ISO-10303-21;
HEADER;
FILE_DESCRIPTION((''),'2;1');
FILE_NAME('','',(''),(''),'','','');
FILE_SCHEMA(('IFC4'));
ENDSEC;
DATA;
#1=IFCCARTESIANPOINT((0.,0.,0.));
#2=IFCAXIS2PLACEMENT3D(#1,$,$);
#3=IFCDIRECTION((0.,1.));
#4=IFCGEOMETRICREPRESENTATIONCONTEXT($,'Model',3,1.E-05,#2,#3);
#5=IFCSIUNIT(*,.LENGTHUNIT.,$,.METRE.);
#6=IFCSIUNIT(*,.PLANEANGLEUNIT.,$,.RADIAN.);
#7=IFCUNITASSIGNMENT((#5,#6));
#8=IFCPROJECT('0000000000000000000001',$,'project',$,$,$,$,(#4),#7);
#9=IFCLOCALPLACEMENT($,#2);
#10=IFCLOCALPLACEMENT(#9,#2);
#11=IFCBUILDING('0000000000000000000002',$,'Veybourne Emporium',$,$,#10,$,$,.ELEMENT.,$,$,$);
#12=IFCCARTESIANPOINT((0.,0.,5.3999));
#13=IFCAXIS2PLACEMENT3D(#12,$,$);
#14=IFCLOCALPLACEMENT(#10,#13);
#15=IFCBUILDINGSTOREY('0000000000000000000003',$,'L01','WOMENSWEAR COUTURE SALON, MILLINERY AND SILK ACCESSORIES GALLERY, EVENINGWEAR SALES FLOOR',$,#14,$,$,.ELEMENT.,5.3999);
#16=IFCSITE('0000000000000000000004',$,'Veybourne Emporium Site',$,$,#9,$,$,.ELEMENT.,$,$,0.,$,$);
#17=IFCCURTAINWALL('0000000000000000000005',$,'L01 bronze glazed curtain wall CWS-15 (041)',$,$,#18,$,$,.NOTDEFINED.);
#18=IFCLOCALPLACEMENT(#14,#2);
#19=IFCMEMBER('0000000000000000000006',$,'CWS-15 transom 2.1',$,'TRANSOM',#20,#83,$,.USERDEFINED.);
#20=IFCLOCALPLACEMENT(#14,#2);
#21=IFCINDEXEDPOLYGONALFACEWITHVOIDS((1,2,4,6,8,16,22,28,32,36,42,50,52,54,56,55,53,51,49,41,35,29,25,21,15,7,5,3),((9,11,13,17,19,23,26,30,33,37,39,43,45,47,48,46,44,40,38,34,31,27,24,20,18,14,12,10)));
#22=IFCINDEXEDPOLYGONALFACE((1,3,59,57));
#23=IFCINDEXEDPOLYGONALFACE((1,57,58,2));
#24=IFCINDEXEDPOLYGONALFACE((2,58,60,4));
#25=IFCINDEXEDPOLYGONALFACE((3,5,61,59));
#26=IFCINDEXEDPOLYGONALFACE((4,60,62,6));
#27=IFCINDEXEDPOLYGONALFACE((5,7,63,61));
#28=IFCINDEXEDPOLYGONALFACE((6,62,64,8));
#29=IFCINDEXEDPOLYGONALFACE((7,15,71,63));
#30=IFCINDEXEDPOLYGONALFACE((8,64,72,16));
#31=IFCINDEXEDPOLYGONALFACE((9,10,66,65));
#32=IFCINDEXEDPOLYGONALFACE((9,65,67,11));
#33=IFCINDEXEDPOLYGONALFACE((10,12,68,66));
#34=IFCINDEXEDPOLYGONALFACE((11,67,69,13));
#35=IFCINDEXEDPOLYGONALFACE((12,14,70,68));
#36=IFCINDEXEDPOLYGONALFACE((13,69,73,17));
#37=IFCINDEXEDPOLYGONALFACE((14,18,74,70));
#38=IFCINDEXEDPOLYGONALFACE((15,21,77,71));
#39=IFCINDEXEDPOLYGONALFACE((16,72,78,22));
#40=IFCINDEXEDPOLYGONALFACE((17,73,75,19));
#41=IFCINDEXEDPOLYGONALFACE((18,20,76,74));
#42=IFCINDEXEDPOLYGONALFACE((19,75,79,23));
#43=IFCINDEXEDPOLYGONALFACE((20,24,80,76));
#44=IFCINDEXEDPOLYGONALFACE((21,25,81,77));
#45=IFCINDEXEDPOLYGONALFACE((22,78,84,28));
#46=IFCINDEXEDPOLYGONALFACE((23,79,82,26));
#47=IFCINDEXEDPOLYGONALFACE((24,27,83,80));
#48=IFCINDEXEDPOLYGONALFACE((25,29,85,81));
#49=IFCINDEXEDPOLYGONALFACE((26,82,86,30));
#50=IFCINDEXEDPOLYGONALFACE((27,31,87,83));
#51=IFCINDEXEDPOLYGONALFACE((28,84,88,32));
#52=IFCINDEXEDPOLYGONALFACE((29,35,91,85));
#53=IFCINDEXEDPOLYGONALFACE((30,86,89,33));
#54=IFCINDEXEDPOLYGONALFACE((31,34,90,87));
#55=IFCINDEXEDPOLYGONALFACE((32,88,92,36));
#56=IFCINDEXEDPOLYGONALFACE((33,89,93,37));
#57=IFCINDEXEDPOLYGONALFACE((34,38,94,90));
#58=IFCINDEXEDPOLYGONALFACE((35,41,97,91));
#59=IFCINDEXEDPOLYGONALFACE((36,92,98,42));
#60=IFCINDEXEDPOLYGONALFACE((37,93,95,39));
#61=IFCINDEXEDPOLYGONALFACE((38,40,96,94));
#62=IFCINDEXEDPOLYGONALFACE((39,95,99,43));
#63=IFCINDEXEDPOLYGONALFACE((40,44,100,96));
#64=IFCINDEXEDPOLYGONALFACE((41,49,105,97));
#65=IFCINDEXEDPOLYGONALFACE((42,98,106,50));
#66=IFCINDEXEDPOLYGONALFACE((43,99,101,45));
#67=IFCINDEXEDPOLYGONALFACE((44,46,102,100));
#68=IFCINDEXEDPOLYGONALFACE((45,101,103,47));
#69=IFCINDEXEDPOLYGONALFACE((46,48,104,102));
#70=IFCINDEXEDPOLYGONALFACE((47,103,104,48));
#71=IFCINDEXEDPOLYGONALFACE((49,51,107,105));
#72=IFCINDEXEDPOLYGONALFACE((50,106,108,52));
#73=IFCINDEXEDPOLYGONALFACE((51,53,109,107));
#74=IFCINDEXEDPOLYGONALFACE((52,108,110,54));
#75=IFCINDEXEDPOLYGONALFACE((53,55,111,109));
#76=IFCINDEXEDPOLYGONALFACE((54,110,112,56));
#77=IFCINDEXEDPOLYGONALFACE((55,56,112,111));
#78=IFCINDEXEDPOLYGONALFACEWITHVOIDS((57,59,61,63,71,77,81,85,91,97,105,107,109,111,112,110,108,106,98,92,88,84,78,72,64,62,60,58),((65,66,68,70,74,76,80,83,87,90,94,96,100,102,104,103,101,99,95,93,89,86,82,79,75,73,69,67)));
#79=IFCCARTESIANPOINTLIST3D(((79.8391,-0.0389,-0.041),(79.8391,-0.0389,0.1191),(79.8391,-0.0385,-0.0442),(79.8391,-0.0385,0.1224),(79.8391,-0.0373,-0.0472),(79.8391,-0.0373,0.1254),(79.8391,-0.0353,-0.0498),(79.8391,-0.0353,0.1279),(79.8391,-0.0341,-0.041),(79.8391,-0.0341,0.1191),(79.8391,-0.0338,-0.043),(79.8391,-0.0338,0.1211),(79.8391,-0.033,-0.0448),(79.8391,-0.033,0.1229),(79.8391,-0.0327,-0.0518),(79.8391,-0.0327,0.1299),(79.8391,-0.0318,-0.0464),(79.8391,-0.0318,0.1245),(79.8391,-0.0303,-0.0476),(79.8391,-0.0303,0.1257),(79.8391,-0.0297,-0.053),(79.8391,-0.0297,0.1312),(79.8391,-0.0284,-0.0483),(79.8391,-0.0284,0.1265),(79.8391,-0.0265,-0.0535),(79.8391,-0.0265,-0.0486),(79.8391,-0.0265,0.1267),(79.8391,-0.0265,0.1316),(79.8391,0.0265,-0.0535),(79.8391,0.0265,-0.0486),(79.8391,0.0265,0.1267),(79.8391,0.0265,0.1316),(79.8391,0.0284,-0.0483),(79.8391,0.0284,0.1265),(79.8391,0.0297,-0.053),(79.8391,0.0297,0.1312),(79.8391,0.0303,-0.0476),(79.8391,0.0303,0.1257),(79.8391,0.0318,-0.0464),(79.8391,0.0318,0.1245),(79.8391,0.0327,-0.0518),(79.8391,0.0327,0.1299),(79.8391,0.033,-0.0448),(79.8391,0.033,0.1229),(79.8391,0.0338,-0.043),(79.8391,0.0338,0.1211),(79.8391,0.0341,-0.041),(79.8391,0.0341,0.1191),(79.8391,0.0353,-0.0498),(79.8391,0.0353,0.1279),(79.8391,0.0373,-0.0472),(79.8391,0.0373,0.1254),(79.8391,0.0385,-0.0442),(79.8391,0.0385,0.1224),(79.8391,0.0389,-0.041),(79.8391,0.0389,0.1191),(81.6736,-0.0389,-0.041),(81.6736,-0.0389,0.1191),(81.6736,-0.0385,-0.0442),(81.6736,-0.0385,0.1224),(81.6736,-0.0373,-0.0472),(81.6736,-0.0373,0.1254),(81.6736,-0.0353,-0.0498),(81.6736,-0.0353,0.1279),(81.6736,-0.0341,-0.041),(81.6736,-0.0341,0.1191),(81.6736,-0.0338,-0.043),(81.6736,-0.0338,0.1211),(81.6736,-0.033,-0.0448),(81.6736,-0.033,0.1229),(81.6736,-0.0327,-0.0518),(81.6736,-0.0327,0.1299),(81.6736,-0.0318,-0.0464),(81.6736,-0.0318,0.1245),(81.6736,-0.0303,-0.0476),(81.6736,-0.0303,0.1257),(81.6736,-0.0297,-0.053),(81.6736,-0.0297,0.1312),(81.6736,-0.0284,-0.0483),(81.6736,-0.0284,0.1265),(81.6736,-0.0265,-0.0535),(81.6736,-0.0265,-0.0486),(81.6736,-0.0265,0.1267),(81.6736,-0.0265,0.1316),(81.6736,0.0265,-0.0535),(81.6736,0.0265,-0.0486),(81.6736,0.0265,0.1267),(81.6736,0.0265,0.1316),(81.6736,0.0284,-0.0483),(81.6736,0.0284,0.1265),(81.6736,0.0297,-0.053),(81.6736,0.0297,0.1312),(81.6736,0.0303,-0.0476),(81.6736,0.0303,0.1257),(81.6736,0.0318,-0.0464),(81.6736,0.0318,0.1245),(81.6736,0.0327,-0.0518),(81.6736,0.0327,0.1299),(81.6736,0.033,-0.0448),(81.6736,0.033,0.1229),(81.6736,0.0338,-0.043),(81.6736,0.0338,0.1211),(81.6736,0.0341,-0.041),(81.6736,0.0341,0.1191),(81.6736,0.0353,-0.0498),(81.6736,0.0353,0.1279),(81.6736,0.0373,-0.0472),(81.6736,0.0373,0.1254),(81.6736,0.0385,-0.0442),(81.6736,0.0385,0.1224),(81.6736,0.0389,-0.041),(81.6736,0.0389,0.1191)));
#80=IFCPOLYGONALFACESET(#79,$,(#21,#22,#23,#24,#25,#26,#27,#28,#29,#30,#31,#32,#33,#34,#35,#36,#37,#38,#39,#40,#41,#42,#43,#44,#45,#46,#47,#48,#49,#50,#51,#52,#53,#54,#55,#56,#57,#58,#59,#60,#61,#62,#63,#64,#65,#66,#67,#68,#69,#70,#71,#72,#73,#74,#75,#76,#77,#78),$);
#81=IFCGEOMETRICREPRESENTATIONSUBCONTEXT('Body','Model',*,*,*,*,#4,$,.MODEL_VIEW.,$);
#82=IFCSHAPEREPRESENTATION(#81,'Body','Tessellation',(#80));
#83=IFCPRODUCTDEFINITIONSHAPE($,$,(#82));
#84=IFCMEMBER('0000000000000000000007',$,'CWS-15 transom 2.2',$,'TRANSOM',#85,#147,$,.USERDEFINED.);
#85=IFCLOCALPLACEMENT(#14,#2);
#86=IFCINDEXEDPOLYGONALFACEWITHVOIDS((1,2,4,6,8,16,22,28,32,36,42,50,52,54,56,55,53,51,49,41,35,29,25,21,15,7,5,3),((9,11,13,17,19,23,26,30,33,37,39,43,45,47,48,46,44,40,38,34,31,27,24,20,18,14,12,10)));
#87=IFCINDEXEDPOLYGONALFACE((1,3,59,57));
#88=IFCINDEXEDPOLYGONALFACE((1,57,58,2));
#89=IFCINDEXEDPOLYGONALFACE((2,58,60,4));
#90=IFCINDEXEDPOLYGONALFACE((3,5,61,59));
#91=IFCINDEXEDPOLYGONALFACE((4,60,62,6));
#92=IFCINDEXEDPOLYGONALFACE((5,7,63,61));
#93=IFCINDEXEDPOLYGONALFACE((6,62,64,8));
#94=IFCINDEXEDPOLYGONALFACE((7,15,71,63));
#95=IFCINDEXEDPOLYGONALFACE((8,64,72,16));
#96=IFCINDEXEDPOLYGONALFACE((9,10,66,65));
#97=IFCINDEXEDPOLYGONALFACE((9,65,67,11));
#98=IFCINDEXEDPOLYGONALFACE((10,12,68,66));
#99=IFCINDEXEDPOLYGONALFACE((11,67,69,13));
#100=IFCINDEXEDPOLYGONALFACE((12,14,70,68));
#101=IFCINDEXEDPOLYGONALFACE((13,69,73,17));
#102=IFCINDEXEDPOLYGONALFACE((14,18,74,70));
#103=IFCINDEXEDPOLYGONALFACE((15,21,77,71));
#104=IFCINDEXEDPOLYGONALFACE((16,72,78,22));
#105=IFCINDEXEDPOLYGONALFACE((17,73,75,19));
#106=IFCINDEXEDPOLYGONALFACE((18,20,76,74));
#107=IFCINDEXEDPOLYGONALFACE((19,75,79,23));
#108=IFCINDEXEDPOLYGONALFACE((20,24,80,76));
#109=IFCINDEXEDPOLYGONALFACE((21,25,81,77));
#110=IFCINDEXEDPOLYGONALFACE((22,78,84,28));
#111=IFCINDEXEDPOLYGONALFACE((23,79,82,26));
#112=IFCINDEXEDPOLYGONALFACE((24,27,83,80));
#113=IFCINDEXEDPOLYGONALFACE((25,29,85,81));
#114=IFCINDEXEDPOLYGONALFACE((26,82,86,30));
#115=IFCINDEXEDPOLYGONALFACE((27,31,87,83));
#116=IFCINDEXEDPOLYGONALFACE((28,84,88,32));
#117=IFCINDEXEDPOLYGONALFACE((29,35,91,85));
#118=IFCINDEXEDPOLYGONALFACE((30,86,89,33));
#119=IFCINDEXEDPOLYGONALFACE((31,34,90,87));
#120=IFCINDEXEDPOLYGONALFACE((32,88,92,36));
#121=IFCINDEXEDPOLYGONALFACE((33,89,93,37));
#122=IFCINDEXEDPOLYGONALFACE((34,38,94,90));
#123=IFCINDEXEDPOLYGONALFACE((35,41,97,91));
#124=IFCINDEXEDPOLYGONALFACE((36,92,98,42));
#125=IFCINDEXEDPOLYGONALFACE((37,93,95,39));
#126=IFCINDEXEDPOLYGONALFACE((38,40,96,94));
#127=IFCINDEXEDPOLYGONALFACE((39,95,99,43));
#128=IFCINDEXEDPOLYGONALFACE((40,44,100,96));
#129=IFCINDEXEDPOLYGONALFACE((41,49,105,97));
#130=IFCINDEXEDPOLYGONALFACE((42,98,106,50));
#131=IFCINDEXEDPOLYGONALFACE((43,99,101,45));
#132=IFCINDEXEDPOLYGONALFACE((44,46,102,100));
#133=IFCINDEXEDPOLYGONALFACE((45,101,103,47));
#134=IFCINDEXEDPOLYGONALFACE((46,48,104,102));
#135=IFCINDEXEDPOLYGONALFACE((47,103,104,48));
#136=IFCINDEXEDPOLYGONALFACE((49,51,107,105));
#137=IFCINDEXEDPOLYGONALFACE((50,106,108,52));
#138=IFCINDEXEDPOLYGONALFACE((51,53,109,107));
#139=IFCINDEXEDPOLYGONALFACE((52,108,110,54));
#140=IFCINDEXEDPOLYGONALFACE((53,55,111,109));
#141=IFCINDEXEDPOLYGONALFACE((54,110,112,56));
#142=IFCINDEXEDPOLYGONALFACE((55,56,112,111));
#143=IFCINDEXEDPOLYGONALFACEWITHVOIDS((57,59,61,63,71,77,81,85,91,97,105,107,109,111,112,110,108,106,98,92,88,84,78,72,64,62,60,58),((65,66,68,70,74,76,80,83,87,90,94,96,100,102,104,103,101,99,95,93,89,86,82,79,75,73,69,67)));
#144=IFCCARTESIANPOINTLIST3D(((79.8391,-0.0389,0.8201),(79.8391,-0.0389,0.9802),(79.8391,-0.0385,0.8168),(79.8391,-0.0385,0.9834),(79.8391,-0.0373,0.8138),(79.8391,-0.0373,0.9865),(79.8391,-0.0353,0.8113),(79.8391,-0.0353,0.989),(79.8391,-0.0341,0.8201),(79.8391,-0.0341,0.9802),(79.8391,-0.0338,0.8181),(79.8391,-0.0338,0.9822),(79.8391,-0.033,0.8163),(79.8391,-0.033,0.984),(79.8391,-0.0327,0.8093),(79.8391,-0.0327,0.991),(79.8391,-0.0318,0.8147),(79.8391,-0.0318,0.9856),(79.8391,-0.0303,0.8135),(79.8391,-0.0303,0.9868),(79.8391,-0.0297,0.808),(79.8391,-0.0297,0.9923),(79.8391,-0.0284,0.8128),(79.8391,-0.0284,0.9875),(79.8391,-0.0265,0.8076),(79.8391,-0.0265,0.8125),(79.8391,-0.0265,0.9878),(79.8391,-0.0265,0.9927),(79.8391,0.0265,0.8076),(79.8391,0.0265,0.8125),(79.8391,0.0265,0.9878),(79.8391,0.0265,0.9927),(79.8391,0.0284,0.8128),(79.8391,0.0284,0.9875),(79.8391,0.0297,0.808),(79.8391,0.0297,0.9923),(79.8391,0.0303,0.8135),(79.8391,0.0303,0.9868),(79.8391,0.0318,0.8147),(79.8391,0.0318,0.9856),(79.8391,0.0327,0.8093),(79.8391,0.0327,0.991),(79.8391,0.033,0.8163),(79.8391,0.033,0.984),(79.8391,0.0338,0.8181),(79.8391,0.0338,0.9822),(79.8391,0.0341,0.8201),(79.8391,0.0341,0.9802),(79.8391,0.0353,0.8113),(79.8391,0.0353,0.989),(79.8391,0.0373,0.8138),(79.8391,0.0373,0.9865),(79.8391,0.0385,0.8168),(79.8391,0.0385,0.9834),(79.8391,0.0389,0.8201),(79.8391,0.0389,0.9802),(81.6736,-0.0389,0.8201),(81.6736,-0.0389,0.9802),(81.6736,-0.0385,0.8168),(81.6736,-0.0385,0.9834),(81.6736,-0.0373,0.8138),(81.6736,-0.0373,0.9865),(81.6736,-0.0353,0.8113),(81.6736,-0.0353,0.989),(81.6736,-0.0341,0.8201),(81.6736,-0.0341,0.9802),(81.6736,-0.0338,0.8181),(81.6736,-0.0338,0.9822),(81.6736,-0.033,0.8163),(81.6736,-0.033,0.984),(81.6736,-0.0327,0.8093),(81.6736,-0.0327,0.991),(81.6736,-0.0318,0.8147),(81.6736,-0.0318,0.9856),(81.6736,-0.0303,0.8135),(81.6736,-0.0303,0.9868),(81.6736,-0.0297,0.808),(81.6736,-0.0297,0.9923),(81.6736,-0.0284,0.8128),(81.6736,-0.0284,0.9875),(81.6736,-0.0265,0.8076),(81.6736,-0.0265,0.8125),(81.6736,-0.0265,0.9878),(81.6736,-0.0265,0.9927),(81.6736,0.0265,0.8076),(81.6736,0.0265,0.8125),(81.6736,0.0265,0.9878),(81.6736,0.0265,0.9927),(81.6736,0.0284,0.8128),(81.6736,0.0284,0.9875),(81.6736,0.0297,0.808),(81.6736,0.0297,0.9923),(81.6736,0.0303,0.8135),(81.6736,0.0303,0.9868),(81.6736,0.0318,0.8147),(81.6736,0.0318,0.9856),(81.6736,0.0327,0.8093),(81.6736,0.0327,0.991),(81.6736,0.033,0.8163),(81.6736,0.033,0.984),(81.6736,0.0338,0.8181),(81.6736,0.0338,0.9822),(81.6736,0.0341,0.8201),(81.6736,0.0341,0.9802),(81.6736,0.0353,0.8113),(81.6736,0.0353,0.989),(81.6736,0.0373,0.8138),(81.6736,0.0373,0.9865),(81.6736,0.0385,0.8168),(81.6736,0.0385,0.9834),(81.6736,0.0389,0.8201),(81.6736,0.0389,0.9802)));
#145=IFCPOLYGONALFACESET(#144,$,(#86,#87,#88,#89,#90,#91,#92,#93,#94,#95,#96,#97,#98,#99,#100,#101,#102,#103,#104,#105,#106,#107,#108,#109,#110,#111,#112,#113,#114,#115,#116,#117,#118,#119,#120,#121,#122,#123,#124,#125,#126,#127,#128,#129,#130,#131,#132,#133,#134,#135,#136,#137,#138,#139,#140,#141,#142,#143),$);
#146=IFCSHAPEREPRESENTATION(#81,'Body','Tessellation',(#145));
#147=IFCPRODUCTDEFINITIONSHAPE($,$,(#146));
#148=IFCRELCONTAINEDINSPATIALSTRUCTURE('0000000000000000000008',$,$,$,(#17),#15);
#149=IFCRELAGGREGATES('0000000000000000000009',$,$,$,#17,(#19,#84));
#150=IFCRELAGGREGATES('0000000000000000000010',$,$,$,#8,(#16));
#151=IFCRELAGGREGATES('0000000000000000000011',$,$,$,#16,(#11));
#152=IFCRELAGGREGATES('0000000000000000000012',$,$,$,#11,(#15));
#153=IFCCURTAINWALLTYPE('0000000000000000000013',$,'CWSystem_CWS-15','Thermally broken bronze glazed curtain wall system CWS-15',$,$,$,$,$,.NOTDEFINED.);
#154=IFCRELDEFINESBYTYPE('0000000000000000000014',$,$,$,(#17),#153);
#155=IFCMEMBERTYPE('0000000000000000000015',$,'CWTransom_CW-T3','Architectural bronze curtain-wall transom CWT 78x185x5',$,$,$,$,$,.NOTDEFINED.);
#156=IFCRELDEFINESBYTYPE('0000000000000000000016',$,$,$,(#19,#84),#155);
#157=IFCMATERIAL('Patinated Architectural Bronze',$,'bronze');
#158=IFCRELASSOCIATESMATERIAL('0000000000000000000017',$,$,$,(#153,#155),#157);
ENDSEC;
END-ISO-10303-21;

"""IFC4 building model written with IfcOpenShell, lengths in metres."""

from ifc_helpers import new_model, si_unit, direction, frame, origin, origin_2d, place, context, subcontext, project, spatial, hollow_rectangle, extrude, material, material_profile, profile_set, type_object, element, aggregate, save


model = new_model("IFC4")

# Units and contexts
model_context = context("Model", 3, precision=1e-05, world=origin(), true_north=direction((0.0, 1.0)))
body_context = subcontext(model_context, "Body", "Model", "MODEL_VIEW")
ifc_project = project(units=[si_unit("LENGTHUNIT", "METRE"), si_unit("PLANEANGLEUNIT", "RADIAN")], contexts=[model_context])

# Site, building, storey
site_placement = place(None, origin())
site = spatial("IfcSite", under=ifc_project, at=site_placement, Name="Veybourne Emporium Site", CompositionType="ELEMENT", RefElevation=0.0)
building_placement = place(site_placement, origin())
building = spatial("IfcBuilding", under=site, at=building_placement, Name="Veybourne Emporium", CompositionType="ELEMENT")
storey_placement = place(building_placement, frame((0.0, 0.0, 5.3999)))
storey = spatial("IfcBuildingStorey", under=building, at=storey_placement, Name="L01", Description="WOMENSWEAR COUTURE SALON, MILLINERY AND SILK ACCESSORIES GALLERY, EVENINGWEAR SALES FLOOR", CompositionType="ELEMENT", Elevation=5.3999)

# Shared definitions
ifc_material_1 = material(Name="Patinated Architectural Bronze", Category="bronze")

# Curtain wall
curtain_wall_type_1 = type_object("IfcCurtainWallType", Name="CWSystem_CWS-15", Description="Thermally broken bronze glazed curtain wall system CWS-15", PredefinedType="NOTDEFINED", material=ifc_material_1)
curtain_wall_1_placement = place(storey_placement, origin())
curtain_wall_1 = element("IfcCurtainWall", 1, at=curtain_wall_1_placement, inside=storey, type_object=curtain_wall_type_1, Name="L01 bronze glazed curtain wall CWS-15 (041)", PredefinedType="NOTDEFINED")

# Members
ifc_material_profile_1 = material_profile(ifc_material_1, hollow_rectangle(XDim=0.0779, YDim=0.1851, WallThickness=0.0049, InnerFilletRadius=0.0076, OuterFilletRadius=0.0125, at=origin_2d()), Name="CWT 78x185x5")
ifc_profile_set_1 = profile_set([ifc_material_profile_1], Name="Patinated Architectural Bronze")
member_type_1 = type_object("IfcMemberType", Name="CWTransom_CW-T3", Description="Architectural bronze curtain-wall transom CWT 78x185x5", PredefinedType="NOTDEFINED", material=ifc_profile_set_1)
member_1_placement = place(storey_placement, frame((81.6736, 0.0, 0.0391), z_axis=(-1.0, 0.0, 0.0), x_axis=(0.0, -1.0, 0.0)))
member_1 = element("IfcMember", 2, at=member_1_placement, type_object=member_type_1, Name="CWS-15 transom 2.1", ObjectType="TRANSOM", PredefinedType="USERDEFINED", context=body_context, shape_type="SweptSolid", body=[
    extrude(hollow_rectangle(XDim=0.0779, YDim=0.1851, WallThickness=0.0049, InnerFilletRadius=0.0076, OuterFilletRadius=0.0125, at=origin_2d()), origin(), (0.0, 0.0, 1.0), 1.8345),
])
member_2_placement = place(storey_placement, frame((81.6736, 0.0, 0.9001), z_axis=(-1.0, 0.0, 0.0), x_axis=(0.0, -1.0, 0.0)))
member_2 = element("IfcMember", 3, at=member_2_placement, type_object=member_type_1, Name="CWS-15 transom 2.2", ObjectType="TRANSOM", PredefinedType="USERDEFINED", context=body_context, shape_type="SweptSolid", body=[
    extrude(hollow_rectangle(XDim=0.0779, YDim=0.1851, WallThickness=0.0049, InnerFilletRadius=0.0076, OuterFilletRadius=0.0125, at=origin_2d()), origin(), (0.0, 0.0, 1.0), 1.8345),
])

aggregate(curtain_wall_1, [member_1, member_2])

save(model, "model.ifc")
